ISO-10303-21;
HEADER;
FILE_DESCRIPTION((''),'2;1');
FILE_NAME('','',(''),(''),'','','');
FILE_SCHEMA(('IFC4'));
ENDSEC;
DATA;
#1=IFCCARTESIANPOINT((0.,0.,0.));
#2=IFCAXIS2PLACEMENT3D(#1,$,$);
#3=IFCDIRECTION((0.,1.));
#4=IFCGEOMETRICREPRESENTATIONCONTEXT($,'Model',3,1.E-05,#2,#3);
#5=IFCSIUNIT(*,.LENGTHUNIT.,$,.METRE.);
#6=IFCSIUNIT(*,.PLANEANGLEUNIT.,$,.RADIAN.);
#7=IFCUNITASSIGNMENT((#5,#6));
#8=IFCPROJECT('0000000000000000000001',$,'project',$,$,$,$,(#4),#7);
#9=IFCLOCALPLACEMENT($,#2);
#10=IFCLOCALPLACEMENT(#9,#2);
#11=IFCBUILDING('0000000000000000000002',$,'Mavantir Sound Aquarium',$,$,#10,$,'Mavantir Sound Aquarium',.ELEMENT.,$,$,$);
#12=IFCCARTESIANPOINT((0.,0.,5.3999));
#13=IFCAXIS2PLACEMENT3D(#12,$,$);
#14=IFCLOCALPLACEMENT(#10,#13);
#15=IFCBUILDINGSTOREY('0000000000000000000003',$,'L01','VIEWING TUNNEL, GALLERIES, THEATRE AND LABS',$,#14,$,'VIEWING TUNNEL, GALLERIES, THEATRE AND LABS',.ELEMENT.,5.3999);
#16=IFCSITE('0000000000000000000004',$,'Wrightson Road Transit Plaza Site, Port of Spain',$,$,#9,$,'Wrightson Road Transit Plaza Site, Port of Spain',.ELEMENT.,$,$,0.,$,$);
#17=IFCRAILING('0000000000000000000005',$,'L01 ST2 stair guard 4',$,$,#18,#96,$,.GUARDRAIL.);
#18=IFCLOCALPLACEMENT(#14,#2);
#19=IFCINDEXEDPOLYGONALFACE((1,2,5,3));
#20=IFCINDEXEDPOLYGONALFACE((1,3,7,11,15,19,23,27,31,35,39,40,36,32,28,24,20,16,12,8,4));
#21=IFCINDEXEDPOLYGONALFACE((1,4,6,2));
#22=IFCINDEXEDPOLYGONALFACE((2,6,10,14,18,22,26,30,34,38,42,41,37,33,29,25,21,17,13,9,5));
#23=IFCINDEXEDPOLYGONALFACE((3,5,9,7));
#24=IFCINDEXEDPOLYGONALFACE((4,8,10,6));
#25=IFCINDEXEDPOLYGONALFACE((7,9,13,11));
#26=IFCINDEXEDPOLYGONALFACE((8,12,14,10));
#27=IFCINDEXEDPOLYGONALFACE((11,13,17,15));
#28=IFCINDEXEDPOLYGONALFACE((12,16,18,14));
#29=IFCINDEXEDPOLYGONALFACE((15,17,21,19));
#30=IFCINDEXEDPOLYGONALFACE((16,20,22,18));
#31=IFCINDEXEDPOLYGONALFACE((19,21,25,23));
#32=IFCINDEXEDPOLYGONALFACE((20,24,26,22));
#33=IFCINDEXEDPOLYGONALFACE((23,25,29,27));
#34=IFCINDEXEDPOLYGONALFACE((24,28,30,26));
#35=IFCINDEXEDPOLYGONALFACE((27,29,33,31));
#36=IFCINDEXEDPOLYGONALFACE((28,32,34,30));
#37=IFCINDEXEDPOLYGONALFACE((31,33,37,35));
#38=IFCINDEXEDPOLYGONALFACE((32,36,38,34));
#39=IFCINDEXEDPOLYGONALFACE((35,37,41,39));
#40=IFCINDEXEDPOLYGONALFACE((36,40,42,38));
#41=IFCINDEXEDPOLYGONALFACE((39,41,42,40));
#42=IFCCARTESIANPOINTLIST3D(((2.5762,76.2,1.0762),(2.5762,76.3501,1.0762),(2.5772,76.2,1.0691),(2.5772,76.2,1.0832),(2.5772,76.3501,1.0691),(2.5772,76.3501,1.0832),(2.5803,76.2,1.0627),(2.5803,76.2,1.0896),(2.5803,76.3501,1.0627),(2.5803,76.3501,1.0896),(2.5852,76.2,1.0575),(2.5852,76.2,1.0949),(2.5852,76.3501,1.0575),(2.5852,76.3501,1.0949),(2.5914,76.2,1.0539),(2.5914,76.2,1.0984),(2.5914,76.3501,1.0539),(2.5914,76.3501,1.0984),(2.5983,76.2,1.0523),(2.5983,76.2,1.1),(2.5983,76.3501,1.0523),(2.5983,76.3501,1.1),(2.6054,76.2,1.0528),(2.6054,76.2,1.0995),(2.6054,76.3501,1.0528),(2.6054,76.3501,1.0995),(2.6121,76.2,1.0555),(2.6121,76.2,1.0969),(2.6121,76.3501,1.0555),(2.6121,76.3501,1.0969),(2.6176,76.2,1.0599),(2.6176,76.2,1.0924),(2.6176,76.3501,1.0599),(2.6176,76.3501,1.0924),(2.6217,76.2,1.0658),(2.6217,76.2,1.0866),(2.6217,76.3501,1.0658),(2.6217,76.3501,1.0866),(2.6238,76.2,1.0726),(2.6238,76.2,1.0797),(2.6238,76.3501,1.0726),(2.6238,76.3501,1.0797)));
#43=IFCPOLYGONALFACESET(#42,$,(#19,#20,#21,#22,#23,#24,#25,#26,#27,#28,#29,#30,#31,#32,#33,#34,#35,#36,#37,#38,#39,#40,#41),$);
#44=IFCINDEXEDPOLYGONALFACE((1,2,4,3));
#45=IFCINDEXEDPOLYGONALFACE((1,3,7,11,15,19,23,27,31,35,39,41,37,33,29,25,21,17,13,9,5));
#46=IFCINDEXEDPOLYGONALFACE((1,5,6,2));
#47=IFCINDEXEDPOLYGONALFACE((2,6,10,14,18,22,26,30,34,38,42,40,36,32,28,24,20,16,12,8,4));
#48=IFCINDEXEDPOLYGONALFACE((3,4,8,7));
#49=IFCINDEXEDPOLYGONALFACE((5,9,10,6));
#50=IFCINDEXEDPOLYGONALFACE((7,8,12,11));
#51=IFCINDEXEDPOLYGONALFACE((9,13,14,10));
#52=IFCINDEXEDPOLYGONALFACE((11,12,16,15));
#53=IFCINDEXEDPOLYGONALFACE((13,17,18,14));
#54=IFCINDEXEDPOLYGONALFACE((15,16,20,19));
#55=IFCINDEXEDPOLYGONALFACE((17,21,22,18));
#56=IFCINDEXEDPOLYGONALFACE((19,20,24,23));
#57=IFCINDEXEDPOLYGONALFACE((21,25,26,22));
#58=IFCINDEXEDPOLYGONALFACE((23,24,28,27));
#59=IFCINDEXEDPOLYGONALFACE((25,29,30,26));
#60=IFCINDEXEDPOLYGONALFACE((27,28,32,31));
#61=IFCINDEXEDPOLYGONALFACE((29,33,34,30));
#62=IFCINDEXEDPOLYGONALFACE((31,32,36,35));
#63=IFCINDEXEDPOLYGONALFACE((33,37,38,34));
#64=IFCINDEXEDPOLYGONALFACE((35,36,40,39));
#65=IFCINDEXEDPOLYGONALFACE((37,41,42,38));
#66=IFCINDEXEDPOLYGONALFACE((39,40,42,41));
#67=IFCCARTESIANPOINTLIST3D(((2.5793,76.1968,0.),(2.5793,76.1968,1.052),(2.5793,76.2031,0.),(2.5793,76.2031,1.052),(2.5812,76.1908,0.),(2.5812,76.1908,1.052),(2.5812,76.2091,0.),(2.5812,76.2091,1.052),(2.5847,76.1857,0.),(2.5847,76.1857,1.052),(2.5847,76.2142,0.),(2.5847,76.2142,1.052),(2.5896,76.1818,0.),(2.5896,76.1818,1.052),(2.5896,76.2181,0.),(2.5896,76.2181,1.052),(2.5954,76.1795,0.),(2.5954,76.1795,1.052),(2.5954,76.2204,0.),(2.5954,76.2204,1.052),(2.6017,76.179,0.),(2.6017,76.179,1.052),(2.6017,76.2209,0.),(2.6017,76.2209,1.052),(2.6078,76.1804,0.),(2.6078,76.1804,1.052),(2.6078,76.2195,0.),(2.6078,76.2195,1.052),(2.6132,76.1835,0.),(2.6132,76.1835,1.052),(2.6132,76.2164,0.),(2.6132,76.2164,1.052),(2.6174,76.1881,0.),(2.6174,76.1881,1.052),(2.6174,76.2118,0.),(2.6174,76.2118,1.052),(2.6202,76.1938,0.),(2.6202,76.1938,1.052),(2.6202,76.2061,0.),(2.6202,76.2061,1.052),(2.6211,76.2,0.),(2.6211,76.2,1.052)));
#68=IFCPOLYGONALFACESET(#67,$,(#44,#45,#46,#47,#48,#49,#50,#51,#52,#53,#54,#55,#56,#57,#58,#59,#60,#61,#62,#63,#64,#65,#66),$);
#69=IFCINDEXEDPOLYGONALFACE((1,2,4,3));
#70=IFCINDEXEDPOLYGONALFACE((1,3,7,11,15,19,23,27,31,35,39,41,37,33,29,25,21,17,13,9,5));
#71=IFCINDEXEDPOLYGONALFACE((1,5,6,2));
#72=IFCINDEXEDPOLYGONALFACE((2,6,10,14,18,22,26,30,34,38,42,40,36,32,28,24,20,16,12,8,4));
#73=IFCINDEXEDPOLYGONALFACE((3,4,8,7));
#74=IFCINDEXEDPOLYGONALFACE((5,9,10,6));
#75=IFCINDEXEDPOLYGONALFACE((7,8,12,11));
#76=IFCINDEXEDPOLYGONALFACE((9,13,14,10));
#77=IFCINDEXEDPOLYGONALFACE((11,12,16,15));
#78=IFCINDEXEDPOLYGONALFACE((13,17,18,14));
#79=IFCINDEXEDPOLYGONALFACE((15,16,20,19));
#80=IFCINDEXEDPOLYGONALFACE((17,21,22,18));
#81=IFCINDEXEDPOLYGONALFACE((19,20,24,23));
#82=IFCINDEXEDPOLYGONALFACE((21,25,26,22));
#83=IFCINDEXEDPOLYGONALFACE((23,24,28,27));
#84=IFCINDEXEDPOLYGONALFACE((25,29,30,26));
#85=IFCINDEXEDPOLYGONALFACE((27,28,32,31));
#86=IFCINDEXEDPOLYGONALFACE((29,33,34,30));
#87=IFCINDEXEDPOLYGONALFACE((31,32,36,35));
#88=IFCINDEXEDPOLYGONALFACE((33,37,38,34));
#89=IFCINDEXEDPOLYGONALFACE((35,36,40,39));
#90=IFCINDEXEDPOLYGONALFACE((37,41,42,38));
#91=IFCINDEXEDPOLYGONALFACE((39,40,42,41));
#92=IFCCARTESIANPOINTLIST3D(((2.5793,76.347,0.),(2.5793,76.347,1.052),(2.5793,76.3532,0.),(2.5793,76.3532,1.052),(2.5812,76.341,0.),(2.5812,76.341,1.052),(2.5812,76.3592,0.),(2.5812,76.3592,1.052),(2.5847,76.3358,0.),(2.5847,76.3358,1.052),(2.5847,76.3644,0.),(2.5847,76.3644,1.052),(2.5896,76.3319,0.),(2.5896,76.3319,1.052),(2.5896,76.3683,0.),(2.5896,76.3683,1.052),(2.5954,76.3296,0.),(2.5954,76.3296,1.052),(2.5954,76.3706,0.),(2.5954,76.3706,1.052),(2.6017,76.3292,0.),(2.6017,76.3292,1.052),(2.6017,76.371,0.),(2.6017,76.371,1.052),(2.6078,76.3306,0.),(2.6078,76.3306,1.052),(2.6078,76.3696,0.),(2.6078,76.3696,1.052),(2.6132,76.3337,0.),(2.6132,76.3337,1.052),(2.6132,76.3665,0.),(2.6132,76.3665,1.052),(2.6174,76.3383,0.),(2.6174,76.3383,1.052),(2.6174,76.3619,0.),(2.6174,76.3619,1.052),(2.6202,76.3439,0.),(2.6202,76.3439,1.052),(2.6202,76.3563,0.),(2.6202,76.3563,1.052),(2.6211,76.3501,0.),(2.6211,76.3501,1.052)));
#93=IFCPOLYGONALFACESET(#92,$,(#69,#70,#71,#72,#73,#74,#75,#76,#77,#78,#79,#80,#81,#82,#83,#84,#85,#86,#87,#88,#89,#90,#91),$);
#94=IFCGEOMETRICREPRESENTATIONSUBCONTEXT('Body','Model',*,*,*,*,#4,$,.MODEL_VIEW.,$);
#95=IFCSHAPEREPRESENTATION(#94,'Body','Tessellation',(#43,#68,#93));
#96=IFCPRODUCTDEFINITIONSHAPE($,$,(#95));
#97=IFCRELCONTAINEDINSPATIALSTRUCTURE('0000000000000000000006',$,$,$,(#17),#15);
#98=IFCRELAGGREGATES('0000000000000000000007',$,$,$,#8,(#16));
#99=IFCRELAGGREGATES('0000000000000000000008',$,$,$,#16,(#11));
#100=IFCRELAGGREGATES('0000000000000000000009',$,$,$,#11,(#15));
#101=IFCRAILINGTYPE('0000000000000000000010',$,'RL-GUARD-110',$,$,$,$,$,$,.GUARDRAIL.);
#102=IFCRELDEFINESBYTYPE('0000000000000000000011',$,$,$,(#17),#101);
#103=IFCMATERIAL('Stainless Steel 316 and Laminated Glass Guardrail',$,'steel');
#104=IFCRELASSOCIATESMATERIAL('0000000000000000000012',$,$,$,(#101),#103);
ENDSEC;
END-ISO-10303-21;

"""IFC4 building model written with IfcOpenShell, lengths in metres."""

from ifc_helpers import new_model, si_unit, direction, frame, origin, origin_2d, place, context, subcontext, project, spatial, circle, extrude, material, type_object, element, save


model = new_model("IFC4")

# Units and contexts
model_context = context("Model", 3, precision=1e-05, world=origin(), true_north=direction((0.0, 1.0)))
body_context = subcontext(model_context, "Body", "Model", "MODEL_VIEW")
ifc_project = project(units=[si_unit("LENGTHUNIT", "METRE"), si_unit("PLANEANGLEUNIT", "RADIAN")], contexts=[model_context])

# Site, building, storey
site_placement = place(None, origin())
site = spatial("IfcSite", under=ifc_project, at=site_placement, Name="Wrightson Road Transit Plaza Site, Port of Spain", LongName="Wrightson Road Transit Plaza Site, Port of Spain", CompositionType="ELEMENT", RefElevation=0.0)
building_placement = place(site_placement, origin())
building = spatial("IfcBuilding", under=site, at=building_placement, Name="Mavantir Sound Aquarium", LongName="Mavantir Sound Aquarium", CompositionType="ELEMENT")
storey_placement = place(building_placement, frame((0.0, 0.0, 5.3999)))
storey = spatial("IfcBuildingStorey", under=building, at=storey_placement, Name="L01", Description="VIEWING TUNNEL, GALLERIES, THEATRE AND LABS", LongName="VIEWING TUNNEL, GALLERIES, THEATRE AND LABS", CompositionType="ELEMENT", Elevation=5.3999)

# Railing
ifc_material_1 = material(Name="Stainless Steel 316 and Laminated Glass Guardrail", Category="steel")
railing_type_1 = type_object("IfcRailingType", Name="RL-GUARD-110", PredefinedType="GUARDRAIL", material=ifc_material_1)
railing_1_placement = place(storey_placement, frame((2.6001, 76.2, 0.0)))
element("IfcRailing", 1, at=railing_1_placement, inside=storey, type_object=railing_type_1, Name="L01 ST2 stair guard 4", PredefinedType="GUARDRAIL", context=body_context, shape_type="SweptSolid", body=[
    extrude(circle(Radius=0.0239, at=origin_2d()), frame((0.0, 0.0, 1.0762), z_axis=(0.0, 1.0, 0.0), x_axis=(-1.0, 0.0, 0.0)), (0.0, 0.0, 1.0), 0.1501),
    extrude(circle(Radius=0.021, at=origin_2d()), origin(), (0.0, 0.0, 1.0), 1.052),
    extrude(circle(Radius=0.021, at=origin_2d()), frame((0.0, 0.1501, 0.0)), (0.0, 0.0, 1.0), 1.052),
])

save(model, "model.ifc")
